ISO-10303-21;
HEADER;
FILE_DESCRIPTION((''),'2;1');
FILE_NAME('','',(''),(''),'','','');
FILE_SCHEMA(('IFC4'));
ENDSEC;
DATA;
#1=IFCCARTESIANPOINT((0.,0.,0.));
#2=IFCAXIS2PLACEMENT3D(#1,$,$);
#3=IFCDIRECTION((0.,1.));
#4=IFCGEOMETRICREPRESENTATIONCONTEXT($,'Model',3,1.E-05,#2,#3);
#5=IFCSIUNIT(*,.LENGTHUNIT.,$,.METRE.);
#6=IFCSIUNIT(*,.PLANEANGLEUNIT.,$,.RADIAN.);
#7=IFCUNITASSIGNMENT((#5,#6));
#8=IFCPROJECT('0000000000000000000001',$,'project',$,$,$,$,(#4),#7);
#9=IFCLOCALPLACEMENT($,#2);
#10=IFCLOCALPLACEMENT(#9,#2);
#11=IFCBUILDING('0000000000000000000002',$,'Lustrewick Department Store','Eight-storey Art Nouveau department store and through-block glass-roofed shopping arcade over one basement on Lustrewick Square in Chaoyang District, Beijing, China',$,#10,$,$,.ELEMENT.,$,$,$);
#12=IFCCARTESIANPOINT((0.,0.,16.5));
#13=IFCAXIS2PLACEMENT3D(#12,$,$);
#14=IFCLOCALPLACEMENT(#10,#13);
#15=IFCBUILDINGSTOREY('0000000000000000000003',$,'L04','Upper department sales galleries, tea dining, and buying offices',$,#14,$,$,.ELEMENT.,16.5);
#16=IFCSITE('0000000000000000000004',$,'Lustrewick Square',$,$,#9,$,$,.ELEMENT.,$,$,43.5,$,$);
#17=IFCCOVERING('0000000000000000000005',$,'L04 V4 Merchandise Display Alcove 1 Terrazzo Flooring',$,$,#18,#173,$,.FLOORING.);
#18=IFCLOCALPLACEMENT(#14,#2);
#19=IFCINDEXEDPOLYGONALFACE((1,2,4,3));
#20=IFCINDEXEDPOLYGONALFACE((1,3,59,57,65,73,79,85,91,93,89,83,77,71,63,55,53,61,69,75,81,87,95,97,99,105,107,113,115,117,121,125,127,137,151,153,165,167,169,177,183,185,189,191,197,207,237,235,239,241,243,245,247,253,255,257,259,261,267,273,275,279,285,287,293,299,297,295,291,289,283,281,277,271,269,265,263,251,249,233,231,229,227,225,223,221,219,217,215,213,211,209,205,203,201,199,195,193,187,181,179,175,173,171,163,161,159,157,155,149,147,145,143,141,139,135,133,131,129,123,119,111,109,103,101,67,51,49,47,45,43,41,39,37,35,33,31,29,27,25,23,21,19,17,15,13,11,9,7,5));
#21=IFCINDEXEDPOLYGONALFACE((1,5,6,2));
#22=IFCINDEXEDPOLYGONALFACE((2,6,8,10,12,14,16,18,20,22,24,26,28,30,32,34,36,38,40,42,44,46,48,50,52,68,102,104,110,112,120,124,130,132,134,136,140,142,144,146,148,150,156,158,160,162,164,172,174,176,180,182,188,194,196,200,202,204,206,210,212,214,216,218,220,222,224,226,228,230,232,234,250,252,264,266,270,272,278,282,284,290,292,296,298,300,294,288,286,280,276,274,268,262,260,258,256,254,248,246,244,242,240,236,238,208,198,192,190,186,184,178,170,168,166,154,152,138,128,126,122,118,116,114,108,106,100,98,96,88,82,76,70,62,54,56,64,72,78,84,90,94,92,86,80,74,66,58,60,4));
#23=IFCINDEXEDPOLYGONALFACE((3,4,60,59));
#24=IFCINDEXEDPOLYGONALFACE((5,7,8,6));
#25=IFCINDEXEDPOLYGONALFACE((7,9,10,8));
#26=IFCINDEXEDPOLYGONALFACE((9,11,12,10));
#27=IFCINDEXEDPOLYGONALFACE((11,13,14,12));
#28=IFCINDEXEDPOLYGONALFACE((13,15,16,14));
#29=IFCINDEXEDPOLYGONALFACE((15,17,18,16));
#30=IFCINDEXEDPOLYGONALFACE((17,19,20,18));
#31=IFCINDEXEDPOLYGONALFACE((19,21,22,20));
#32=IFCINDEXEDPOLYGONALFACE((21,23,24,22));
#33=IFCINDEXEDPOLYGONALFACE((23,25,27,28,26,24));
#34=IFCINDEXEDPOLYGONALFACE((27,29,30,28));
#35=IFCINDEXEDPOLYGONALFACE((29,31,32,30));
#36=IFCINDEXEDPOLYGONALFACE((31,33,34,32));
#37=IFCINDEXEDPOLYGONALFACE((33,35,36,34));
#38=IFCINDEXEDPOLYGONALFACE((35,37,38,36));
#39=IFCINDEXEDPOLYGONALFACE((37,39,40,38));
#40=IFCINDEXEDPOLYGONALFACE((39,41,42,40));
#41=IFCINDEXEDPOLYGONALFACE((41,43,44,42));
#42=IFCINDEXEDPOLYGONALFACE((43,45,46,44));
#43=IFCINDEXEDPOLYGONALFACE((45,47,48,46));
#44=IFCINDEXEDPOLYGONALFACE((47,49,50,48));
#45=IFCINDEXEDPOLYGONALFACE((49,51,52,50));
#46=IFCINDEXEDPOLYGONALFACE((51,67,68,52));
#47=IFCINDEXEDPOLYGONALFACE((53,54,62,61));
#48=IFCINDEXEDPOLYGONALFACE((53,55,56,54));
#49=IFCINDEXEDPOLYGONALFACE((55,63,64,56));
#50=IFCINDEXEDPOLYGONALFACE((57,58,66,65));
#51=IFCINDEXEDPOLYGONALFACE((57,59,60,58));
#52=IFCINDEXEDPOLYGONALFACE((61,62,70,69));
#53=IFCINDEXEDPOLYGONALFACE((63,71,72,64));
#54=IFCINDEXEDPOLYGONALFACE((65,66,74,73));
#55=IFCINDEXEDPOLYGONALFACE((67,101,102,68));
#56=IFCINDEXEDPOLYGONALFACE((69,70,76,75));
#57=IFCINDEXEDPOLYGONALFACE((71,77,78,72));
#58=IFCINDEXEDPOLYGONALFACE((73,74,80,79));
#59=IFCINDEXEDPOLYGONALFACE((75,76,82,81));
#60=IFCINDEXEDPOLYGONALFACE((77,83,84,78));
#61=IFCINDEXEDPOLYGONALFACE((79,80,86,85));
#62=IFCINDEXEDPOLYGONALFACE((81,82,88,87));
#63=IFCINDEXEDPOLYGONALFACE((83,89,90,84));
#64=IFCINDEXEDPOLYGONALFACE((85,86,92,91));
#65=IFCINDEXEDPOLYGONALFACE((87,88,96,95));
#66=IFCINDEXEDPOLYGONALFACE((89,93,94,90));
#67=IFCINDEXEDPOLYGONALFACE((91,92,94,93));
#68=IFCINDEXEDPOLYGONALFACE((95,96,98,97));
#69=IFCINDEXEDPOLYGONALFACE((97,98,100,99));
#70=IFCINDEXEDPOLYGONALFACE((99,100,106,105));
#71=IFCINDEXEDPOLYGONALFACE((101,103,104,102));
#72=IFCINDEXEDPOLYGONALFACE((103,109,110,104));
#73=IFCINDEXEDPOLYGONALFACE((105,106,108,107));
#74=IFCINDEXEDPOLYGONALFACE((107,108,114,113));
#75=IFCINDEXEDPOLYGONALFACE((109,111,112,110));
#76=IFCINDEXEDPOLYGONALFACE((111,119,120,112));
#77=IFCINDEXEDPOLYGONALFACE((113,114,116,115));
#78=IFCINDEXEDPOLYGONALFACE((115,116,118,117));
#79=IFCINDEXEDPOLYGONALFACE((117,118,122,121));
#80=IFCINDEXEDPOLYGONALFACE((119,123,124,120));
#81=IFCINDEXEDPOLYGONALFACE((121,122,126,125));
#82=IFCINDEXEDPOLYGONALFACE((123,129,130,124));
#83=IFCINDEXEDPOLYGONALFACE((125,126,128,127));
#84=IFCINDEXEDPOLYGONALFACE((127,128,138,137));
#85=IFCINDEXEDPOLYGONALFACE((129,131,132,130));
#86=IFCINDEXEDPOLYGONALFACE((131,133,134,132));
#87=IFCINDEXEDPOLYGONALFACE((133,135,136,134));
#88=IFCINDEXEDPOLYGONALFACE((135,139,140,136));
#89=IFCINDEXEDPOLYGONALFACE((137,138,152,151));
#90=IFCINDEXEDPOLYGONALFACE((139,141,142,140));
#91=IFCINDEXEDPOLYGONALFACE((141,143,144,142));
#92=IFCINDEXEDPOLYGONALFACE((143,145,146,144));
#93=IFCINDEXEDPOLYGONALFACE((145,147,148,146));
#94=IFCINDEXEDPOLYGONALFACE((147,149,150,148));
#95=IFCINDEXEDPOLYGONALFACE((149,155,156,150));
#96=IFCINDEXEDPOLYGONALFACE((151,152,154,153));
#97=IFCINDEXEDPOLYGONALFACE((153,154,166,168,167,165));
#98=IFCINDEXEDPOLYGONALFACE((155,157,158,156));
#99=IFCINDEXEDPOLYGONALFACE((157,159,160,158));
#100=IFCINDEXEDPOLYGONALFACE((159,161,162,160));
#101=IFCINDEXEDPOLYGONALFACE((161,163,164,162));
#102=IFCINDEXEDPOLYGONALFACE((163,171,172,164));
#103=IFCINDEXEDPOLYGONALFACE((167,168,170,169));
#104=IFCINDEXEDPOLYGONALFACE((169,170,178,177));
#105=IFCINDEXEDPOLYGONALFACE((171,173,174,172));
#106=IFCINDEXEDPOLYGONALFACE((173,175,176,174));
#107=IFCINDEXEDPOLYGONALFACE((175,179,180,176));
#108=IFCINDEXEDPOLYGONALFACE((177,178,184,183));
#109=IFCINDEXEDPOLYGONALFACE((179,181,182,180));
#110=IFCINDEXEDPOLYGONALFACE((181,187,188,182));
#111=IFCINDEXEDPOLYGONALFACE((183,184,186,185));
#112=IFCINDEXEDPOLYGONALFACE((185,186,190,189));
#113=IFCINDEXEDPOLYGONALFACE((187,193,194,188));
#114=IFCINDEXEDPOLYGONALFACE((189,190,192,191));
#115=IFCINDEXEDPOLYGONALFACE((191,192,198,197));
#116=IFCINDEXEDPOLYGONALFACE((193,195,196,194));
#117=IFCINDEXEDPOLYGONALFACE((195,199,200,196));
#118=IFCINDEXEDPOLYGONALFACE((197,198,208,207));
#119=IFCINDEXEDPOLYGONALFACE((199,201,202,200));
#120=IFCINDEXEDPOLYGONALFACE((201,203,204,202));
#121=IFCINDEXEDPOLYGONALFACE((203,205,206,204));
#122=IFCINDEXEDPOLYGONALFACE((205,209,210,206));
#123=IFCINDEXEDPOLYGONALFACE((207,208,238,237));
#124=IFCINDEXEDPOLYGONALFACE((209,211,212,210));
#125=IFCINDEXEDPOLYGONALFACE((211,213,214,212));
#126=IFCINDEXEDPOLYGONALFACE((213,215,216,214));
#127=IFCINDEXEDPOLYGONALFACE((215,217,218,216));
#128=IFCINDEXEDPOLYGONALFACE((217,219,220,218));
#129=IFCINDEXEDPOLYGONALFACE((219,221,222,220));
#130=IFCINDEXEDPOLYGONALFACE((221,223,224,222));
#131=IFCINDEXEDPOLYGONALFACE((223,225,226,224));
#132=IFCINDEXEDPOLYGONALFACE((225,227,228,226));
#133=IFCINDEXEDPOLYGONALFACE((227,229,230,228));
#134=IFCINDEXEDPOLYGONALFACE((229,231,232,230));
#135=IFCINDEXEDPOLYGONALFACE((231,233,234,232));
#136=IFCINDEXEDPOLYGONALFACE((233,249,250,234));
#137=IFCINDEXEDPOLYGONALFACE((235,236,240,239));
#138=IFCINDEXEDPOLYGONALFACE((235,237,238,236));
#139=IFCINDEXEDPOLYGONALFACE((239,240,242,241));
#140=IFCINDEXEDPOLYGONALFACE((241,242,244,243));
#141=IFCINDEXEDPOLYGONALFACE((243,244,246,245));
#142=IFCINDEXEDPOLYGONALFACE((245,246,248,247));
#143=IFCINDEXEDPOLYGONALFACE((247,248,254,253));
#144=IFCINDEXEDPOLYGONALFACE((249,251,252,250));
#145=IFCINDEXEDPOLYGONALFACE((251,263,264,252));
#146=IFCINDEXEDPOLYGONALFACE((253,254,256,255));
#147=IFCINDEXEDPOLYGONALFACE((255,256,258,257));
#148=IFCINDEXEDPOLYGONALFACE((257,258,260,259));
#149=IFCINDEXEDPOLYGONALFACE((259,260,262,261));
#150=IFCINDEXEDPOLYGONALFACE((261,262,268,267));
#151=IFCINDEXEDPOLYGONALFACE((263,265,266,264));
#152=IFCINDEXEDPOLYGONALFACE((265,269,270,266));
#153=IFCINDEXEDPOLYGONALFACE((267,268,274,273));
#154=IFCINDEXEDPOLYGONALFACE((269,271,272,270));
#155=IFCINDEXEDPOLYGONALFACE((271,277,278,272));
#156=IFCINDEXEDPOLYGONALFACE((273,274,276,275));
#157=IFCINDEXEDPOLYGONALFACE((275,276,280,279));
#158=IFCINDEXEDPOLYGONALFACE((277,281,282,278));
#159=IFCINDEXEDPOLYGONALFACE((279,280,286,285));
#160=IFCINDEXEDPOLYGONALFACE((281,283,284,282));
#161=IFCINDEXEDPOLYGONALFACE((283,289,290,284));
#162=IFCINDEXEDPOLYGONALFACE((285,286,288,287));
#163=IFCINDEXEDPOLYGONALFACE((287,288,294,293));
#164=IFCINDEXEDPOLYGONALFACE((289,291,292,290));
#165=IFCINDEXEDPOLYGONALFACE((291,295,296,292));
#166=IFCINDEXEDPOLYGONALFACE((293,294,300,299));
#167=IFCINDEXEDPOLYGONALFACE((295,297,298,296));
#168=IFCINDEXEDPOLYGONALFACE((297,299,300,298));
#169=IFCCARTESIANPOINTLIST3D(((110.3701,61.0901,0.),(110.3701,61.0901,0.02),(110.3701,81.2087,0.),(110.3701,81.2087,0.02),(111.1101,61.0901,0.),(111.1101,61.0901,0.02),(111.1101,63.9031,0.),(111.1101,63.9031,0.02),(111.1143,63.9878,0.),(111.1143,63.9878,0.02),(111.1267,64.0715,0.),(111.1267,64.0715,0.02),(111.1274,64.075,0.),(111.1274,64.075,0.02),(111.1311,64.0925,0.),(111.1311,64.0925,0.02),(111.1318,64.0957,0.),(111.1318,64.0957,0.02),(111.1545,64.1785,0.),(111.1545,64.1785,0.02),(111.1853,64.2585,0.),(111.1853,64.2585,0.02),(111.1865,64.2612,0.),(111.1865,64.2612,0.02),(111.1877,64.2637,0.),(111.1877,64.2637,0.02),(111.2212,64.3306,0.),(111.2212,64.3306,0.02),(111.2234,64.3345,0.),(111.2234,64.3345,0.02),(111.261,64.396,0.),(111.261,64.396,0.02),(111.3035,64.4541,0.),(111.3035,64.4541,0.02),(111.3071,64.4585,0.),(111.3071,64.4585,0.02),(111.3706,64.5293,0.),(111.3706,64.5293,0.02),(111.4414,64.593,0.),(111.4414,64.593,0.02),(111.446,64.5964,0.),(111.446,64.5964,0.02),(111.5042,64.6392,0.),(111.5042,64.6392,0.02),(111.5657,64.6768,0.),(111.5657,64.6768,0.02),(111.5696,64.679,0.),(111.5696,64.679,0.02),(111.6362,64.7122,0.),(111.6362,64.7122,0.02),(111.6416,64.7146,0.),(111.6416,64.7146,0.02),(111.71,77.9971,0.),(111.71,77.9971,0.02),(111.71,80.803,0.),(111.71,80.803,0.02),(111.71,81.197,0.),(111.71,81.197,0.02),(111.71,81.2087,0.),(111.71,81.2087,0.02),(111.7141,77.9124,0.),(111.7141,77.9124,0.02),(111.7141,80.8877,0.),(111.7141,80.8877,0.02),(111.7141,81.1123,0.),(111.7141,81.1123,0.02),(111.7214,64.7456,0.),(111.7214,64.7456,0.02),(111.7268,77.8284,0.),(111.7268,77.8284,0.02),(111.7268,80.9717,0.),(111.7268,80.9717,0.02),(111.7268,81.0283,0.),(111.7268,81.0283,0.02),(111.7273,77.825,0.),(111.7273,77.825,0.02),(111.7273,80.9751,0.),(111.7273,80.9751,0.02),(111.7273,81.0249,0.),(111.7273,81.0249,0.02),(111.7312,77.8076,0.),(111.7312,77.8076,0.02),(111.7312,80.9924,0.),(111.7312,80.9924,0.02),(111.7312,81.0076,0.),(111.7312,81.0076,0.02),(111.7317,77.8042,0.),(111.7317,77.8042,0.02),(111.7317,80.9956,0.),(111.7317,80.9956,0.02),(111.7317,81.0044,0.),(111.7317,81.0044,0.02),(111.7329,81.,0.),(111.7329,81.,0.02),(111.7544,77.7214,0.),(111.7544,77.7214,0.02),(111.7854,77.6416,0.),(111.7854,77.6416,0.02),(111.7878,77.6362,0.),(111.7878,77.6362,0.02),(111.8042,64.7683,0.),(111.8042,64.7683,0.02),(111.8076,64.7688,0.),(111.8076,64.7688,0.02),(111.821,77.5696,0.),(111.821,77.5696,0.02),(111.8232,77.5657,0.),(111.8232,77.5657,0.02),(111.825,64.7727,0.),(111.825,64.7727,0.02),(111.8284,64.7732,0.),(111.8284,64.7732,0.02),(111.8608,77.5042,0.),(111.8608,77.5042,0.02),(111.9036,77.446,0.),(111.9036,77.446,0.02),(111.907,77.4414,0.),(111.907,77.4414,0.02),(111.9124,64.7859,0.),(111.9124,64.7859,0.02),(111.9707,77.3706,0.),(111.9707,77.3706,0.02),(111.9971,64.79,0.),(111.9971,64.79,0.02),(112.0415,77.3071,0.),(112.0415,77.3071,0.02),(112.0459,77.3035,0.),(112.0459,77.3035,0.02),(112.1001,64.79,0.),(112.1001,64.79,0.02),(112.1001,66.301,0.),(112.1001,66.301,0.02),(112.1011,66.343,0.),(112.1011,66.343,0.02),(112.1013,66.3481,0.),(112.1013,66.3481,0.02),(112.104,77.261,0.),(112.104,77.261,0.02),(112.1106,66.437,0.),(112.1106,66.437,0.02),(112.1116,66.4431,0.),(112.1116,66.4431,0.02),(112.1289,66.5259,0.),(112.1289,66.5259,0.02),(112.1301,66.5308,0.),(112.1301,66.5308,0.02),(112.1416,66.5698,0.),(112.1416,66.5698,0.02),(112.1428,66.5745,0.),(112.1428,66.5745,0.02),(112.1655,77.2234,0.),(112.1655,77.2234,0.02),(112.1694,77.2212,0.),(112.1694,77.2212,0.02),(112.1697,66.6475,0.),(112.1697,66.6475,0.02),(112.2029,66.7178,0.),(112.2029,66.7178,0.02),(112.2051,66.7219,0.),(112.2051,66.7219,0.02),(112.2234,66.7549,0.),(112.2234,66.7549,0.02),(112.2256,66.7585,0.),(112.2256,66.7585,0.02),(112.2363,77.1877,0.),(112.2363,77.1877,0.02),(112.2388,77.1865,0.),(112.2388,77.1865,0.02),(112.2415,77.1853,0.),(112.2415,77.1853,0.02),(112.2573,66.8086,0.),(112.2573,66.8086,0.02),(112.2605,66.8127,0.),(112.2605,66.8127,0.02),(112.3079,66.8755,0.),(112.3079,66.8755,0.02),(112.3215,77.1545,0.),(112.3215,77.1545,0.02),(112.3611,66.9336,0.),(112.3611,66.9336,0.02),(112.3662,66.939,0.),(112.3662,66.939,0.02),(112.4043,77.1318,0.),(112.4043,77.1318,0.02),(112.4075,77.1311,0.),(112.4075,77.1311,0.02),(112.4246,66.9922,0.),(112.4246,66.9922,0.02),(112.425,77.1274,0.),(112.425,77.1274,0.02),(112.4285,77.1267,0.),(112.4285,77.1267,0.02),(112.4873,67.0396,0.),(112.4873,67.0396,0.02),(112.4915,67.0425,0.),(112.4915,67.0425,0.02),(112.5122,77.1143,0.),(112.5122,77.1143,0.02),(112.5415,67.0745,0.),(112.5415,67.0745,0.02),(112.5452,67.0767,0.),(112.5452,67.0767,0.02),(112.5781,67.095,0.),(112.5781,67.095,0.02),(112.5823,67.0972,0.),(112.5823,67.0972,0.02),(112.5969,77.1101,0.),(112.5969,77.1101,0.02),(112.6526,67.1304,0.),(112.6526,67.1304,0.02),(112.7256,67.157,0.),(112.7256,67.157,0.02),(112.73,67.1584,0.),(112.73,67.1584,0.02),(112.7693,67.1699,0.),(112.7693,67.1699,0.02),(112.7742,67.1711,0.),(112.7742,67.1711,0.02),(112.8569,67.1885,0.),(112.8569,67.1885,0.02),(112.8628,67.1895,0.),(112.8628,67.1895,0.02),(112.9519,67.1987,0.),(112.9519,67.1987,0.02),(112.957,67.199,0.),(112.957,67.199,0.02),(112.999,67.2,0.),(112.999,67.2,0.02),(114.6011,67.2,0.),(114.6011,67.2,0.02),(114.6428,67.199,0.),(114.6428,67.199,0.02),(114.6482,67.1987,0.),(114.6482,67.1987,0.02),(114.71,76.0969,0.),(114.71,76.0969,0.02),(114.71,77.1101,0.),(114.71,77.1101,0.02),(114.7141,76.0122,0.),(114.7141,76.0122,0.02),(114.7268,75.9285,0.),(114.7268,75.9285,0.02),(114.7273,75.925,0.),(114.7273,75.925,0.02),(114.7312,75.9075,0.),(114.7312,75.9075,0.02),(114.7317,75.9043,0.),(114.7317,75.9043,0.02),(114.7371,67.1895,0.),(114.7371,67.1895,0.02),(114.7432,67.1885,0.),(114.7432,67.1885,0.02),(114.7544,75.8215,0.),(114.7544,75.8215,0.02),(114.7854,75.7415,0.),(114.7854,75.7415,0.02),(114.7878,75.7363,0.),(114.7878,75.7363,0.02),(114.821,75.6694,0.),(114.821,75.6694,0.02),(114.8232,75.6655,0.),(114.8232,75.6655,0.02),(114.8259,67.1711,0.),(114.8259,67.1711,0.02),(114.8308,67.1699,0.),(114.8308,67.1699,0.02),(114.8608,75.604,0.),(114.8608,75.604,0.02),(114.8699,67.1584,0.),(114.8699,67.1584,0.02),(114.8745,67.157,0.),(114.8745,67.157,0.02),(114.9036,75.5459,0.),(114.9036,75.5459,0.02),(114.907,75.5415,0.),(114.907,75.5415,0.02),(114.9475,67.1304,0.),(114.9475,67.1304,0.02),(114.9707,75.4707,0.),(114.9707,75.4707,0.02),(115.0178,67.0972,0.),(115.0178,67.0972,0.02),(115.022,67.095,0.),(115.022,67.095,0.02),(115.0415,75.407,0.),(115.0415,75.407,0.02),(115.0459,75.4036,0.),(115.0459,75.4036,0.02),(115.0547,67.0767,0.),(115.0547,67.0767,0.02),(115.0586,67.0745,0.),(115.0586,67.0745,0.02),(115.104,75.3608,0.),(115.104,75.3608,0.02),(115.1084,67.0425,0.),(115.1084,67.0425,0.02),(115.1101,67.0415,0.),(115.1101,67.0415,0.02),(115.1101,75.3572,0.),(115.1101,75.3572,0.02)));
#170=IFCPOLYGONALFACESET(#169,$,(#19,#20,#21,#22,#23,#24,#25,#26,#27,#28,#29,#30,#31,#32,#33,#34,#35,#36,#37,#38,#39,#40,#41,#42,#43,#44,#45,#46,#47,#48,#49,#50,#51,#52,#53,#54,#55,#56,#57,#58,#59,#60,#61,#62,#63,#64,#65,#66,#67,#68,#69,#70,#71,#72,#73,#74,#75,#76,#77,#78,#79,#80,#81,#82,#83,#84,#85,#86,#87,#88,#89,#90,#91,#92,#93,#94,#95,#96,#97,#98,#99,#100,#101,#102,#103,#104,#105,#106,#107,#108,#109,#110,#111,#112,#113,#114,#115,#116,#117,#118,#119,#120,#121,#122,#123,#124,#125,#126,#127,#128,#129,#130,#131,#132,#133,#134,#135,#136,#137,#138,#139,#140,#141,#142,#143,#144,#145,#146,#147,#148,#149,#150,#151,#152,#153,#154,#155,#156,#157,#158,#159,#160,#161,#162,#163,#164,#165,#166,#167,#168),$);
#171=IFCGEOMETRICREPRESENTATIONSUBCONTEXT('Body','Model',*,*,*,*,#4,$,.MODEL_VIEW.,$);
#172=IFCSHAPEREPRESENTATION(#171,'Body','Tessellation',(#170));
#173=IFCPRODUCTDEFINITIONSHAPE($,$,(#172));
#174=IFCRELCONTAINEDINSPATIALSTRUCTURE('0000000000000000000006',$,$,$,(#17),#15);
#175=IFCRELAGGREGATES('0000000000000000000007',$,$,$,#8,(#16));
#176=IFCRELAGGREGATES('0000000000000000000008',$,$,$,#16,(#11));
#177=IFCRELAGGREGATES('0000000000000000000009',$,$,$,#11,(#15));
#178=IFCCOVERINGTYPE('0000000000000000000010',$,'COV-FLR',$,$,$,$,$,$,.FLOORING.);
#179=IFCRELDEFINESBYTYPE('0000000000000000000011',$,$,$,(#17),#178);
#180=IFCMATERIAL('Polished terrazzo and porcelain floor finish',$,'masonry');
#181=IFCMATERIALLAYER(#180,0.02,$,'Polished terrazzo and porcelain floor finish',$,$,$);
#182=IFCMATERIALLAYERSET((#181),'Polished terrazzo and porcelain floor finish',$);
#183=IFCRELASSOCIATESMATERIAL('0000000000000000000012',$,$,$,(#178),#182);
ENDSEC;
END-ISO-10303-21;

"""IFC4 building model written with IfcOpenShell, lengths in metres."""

from ifc_helpers import new_model, si_unit, direction, frame, origin, place, context, subcontext, project, spatial, polyline, outline, extrude, material, layer, layer_set, type_object, element, save


model = new_model("IFC4")

# Units and contexts
model_context = context("Model", 3, precision=1e-05, world=origin(), true_north=direction((0.0, 1.0)))
body_context = subcontext(model_context, "Body", "Model", "MODEL_VIEW")
ifc_project = project(units=[si_unit("LENGTHUNIT", "METRE"), si_unit("PLANEANGLEUNIT", "RADIAN")], contexts=[model_context])

# Site, building, storey
site_placement = place(None, origin())
site = spatial("IfcSite", under=ifc_project, at=site_placement, Name="Lustrewick Square", CompositionType="ELEMENT", RefElevation=43.5)
building_placement = place(site_placement, origin())
building = spatial("IfcBuilding", under=site, at=building_placement, Name="Lustrewick Department Store", Description="Eight-storey Art Nouveau department store and through-block glass-roofed shopping arcade over one basement on Lustrewick Square in Chaoyang District, Beijing, China", CompositionType="ELEMENT")
storey_placement = place(building_placement, frame((0.0, 0.0, 16.5)))
storey = spatial("IfcBuildingStorey", under=building, at=storey_placement, Name="L04", Description="Upper department sales galleries, tea dining, and buying offices", CompositionType="ELEMENT", Elevation=16.5)

# Covering
ifc_material_1 = material(Name="Polished terrazzo and porcelain floor finish", Category="masonry")
ifc_layer_1 = layer(ifc_material_1, 0.02, Name="Polished terrazzo and porcelain floor finish")
ifc_layer_set_1 = layer_set([ifc_layer_1], Name="Polished terrazzo and porcelain floor finish")
covering_type_1 = type_object("IfcCoveringType", Name="COV-FLR", PredefinedType="FLOORING", material=ifc_layer_set_1)
covering_1_placement = place(storey_placement, origin())
element("IfcCovering", 1, at=covering_1_placement, inside=storey, type_object=covering_type_1, Name="L04 V4 Merchandise Display Alcove 1 Terrazzo Flooring", PredefinedType="FLOORING", context=body_context, shape_type="SweptSolid", body=[
    extrude(outline(polyline([(110.3701, 61.0901), (111.1101, 61.0901), (111.1101, 63.9031), (111.1143, 63.9878), (111.1267, 64.0715), (111.1274, 64.075), (111.1311, 64.0925), (111.1318, 64.0957), (111.1545, 64.1785), (111.1853, 64.2585), (111.1865, 64.2612), (111.1877, 64.2637), (111.2212, 64.3306), (111.2234, 64.3345), (111.261, 64.396), (111.3035, 64.4541), (111.3071, 64.4585), (111.3706, 64.5293), (111.4414, 64.593), (111.446, 64.5964), (111.5042, 64.6392), (111.5657, 64.6768), (111.5696, 64.679), (111.6362, 64.7122), (111.6416, 64.7146), (111.7214, 64.7456), (111.8042, 64.7683), (111.8076, 64.7688), (111.825, 64.7727), (111.8284, 64.7732), (111.9124, 64.7859), (111.9971, 64.79), (112.1001, 64.79), (112.1001, 66.301), (112.1011, 66.343), (112.1013, 66.3481), (112.1106, 66.437), (112.1116, 66.4431), (112.1289, 66.5259), (112.1301, 66.5308), (112.1416, 66.5698), (112.1428, 66.5745), (112.1697, 66.6475), (112.2029, 66.7178), (112.2051, 66.7219), (112.2234, 66.7549), (112.2256, 66.7585), (112.2573, 66.8086), (112.2605, 66.8127), (112.3079, 66.8755), (112.3611, 66.9336), (112.3662, 66.939), (112.4246, 66.9922), (112.4873, 67.0396), (112.4915, 67.0425), (112.5415, 67.0745), (112.5452, 67.0767), (112.5781, 67.095), (112.5823, 67.0972), (112.6526, 67.1304), (112.7256, 67.157), (112.73, 67.1584), (112.7693, 67.1699), (112.7742, 67.1711), (112.8569, 67.1885), (112.8628, 67.1895), (112.9519, 67.1987), (112.957, 67.199), (112.999, 67.2), (114.6011, 67.2), (114.6428, 67.199), (114.6482, 67.1987), (114.7371, 67.1895), (114.7432, 67.1885), (114.8259, 67.1711), (114.8308, 67.1699), (114.8699, 67.1584), (114.8745, 67.157), (114.9475, 67.1304), (115.0178, 67.0972), (115.022, 67.095), (115.0547, 67.0767), (115.0586, 67.0745), (115.1084, 67.0425), (115.1101, 67.0415), (115.1101, 75.3572), (115.104, 75.3608), (115.0459, 75.4036), (115.0415, 75.407), (114.9707, 75.4707), (114.907, 75.5415), (114.9036, 75.5459), (114.8608, 75.604), (114.8232, 75.6655), (114.821, 75.6694), (114.7878, 75.7363), (114.7854, 75.7415), (114.7544, 75.8215), (114.7317, 75.9043), (114.7312, 75.9075), (114.7273, 75.925), (114.7268, 75.9285), (114.7141, 76.0122), (114.71, 76.0969), (114.71, 77.1101), (112.5969, 77.1101), (112.5122, 77.1143), (112.4285, 77.1267), (112.425, 77.1274), (112.4075, 77.1311), (112.4043, 77.1318), (112.3215, 77.1545), (112.2415, 77.1853), (112.2388, 77.1865), (112.2363, 77.1877), (112.1694, 77.2212), (112.1655, 77.2234), (112.104, 77.261), (112.0459, 77.3035), (112.0415, 77.3071), (111.9707, 77.3706), (111.907, 77.4414), (111.9036, 77.446), (111.8608, 77.5042), (111.8232, 77.5657), (111.821, 77.5696), (111.7878, 77.6362), (111.7854, 77.6416), (111.7544, 77.7214), (111.7317, 77.8042), (111.7312, 77.8076), (111.7273, 77.825), (111.7268, 77.8284), (111.7141, 77.9124), (111.71, 77.9971), (111.71, 80.803), (111.7141, 80.8877), (111.7268, 80.9717), (111.7273, 80.9751), (111.7312, 80.9924), (111.7317, 80.9956), (111.7329, 81.0), (111.7317, 81.0044), (111.7312, 81.0076), (111.7273, 81.0249), (111.7268, 81.0283), (111.7141, 81.1123), (111.71, 81.197), (111.71, 81.2087), (110.3701, 81.2087), (110.3701, 61.0901)])), origin(), (0.0, 0.0, 1.0), 0.02),
])

save(model, "model.ifc")
